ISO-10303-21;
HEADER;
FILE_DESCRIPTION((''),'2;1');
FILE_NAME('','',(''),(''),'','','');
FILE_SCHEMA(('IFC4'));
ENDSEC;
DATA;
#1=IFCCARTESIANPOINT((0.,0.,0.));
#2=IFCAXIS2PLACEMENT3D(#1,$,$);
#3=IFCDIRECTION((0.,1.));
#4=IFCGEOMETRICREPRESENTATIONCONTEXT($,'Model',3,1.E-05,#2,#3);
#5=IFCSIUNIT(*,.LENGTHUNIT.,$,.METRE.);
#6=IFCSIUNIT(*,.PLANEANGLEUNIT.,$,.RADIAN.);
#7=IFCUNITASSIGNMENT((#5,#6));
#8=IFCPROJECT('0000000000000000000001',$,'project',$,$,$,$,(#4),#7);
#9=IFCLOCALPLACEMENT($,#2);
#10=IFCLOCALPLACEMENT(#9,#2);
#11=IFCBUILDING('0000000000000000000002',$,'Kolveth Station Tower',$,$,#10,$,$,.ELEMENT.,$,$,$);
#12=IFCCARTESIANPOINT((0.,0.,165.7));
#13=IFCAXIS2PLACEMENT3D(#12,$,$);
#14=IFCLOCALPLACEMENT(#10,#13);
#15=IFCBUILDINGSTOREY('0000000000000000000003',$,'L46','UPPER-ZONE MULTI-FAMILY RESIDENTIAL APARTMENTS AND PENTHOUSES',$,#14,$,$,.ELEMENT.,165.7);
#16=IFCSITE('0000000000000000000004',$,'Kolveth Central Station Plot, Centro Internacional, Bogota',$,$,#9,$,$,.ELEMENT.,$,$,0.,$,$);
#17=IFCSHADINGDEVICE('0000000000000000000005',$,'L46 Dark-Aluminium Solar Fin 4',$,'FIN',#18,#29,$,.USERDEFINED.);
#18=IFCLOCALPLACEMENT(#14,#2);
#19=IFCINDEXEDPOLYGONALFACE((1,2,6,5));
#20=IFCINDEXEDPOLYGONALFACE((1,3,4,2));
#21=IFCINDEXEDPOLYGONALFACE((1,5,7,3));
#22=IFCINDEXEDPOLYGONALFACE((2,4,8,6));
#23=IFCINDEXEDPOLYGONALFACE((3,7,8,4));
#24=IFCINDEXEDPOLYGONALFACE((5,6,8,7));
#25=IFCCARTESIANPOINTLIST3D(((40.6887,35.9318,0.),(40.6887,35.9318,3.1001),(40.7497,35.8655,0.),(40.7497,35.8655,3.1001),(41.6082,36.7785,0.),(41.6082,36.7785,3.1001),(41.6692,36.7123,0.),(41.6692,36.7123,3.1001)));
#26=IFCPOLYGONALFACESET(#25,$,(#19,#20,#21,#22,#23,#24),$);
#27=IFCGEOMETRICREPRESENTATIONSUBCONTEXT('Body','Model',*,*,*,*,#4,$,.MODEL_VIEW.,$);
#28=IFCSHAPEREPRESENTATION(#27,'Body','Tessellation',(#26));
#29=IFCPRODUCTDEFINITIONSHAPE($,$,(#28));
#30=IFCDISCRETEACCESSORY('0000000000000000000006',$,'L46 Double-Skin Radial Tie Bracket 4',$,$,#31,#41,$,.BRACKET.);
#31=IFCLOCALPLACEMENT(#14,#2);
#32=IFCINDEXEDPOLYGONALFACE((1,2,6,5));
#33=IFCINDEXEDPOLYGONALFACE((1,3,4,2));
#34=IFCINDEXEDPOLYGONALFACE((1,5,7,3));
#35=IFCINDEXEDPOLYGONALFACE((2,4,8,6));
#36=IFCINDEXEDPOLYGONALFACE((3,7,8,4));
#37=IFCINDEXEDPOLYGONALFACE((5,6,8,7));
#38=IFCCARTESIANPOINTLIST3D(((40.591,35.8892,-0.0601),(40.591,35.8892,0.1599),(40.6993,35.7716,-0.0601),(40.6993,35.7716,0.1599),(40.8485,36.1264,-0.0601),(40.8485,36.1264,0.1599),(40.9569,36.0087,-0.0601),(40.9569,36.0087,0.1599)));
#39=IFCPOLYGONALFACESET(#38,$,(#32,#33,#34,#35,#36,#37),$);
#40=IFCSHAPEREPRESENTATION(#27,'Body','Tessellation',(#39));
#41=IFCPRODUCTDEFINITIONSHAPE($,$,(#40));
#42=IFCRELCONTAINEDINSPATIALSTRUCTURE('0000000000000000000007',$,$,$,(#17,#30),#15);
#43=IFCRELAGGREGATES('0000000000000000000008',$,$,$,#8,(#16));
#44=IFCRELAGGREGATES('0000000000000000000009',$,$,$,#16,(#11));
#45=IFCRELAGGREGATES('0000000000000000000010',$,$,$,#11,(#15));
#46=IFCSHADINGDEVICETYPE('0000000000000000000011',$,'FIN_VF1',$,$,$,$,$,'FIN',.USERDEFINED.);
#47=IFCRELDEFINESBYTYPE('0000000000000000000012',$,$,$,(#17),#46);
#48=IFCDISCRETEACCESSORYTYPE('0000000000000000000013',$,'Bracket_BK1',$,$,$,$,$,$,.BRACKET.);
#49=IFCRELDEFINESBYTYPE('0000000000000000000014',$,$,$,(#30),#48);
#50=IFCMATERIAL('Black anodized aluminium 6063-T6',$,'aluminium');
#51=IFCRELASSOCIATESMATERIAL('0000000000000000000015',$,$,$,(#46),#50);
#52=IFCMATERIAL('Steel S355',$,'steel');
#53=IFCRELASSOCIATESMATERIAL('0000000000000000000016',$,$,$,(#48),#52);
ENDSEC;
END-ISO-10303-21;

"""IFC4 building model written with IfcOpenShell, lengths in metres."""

from ifc_helpers import new_model, si_unit, direction, frame, origin, origin_2d, place, context, subcontext, project, spatial, rectangle, extrude, source, transform, mapped, material, type_object, element, save


model = new_model("IFC4")

# Units and contexts
model_context = context("Model", 3, precision=1e-05, world=origin(), true_north=direction((0.0, 1.0)))
body_context = subcontext(model_context, "Body", "Model", "MODEL_VIEW")
ifc_project = project(units=[si_unit("LENGTHUNIT", "METRE"), si_unit("PLANEANGLEUNIT", "RADIAN")], contexts=[model_context])

# Site, building, storey
site_placement = place(None, origin())
site = spatial("IfcSite", under=ifc_project, at=site_placement, Name="Kolveth Central Station Plot, Centro Internacional, Bogota", CompositionType="ELEMENT", RefElevation=0.0)
building_placement = place(site_placement, origin())
building = spatial("IfcBuilding", under=site, at=building_placement, Name="Kolveth Station Tower", CompositionType="ELEMENT")
storey_placement = place(building_placement, frame((0.0, 0.0, 165.7)))
storey = spatial("IfcBuildingStorey", under=building, at=storey_placement, Name="L46", Description="UPPER-ZONE MULTI-FAMILY RESIDENTIAL APARTMENTS AND PENTHOUSES", CompositionType="ELEMENT", Elevation=165.7)

# Shared definitions
ifc_material_1 = material(Name="Black anodized aluminium 6063-T6", Category="aluminium")

# Shading device
shading_device_type = type_object("IfcShadingDeviceType", Name="FIN_VF1", ElementType="FIN", PredefinedType="USERDEFINED", material=ifc_material_1)
shared_shape_1 = source(origin(), body_context, "Body", "SweptSolid", [
    extrude(rectangle(XDim=1.25, YDim=0.0901, at=origin_2d()), origin(), (0.0, 0.0, 1.0), 3.1001),
])
for number, where, z_axis, x_axis, name in (
    (1, (41.179, 36.322, 0.0), (0.0, 0.0, 1.0), (0.735624, 0.67739, 0.0), "L46 Dark-Aluminium Solar Fin 4"),
):
    element("IfcShadingDevice", number, at=place(storey_placement, frame(where, z_axis=z_axis, x_axis=x_axis)), inside=storey, type_object=shading_device_type, Name=name, ObjectType="FIN", PredefinedType="USERDEFINED", context=body_context, shape_type="MappedRepresentation", body=[
        mapped(shared_shape_1, transform((0.0, 0.0, 0.0), x_axis=(1.0, 0.0, 0.0), y_axis=(0.0, 1.0, 0.0), z_axis=(0.0, 0.0, 1.0), scale=1.0)),
    ])

# Discrete accessory
ifc_material_2 = material(Name="Steel S355", Category="steel")
discrete_accessory_type = type_object("IfcDiscreteAccessoryType", Name="Bracket_BK1", PredefinedType="BRACKET", material=ifc_material_2)
shared_shape_2 = source(origin(), body_context, "Body", "SweptSolid", [
    extrude(rectangle(XDim=0.3501, YDim=0.1599, at=origin_2d()), origin(), (0.0, 0.0, 1.0), 0.22),
])
discrete_accessory_placement = place(storey_placement, frame((40.7739, 35.949, -0.0601), z_axis=(0.0, 0.0, 1.0), x_axis=(0.735624, 0.67739, 0.0)))
element("IfcDiscreteAccessory", 2, at=discrete_accessory_placement, inside=storey, type_object=discrete_accessory_type, Name="L46 Double-Skin Radial Tie Bracket 4", PredefinedType="BRACKET", context=body_context, shape_type="MappedRepresentation", body=[
    mapped(shared_shape_2, transform((0.0, 0.0, 0.0), x_axis=(1.0, 0.0, 0.0), y_axis=(0.0, 1.0, 0.0), z_axis=(0.0, 0.0, 1.0), scale=1.0)),
])

save(model, "model.ifc")
